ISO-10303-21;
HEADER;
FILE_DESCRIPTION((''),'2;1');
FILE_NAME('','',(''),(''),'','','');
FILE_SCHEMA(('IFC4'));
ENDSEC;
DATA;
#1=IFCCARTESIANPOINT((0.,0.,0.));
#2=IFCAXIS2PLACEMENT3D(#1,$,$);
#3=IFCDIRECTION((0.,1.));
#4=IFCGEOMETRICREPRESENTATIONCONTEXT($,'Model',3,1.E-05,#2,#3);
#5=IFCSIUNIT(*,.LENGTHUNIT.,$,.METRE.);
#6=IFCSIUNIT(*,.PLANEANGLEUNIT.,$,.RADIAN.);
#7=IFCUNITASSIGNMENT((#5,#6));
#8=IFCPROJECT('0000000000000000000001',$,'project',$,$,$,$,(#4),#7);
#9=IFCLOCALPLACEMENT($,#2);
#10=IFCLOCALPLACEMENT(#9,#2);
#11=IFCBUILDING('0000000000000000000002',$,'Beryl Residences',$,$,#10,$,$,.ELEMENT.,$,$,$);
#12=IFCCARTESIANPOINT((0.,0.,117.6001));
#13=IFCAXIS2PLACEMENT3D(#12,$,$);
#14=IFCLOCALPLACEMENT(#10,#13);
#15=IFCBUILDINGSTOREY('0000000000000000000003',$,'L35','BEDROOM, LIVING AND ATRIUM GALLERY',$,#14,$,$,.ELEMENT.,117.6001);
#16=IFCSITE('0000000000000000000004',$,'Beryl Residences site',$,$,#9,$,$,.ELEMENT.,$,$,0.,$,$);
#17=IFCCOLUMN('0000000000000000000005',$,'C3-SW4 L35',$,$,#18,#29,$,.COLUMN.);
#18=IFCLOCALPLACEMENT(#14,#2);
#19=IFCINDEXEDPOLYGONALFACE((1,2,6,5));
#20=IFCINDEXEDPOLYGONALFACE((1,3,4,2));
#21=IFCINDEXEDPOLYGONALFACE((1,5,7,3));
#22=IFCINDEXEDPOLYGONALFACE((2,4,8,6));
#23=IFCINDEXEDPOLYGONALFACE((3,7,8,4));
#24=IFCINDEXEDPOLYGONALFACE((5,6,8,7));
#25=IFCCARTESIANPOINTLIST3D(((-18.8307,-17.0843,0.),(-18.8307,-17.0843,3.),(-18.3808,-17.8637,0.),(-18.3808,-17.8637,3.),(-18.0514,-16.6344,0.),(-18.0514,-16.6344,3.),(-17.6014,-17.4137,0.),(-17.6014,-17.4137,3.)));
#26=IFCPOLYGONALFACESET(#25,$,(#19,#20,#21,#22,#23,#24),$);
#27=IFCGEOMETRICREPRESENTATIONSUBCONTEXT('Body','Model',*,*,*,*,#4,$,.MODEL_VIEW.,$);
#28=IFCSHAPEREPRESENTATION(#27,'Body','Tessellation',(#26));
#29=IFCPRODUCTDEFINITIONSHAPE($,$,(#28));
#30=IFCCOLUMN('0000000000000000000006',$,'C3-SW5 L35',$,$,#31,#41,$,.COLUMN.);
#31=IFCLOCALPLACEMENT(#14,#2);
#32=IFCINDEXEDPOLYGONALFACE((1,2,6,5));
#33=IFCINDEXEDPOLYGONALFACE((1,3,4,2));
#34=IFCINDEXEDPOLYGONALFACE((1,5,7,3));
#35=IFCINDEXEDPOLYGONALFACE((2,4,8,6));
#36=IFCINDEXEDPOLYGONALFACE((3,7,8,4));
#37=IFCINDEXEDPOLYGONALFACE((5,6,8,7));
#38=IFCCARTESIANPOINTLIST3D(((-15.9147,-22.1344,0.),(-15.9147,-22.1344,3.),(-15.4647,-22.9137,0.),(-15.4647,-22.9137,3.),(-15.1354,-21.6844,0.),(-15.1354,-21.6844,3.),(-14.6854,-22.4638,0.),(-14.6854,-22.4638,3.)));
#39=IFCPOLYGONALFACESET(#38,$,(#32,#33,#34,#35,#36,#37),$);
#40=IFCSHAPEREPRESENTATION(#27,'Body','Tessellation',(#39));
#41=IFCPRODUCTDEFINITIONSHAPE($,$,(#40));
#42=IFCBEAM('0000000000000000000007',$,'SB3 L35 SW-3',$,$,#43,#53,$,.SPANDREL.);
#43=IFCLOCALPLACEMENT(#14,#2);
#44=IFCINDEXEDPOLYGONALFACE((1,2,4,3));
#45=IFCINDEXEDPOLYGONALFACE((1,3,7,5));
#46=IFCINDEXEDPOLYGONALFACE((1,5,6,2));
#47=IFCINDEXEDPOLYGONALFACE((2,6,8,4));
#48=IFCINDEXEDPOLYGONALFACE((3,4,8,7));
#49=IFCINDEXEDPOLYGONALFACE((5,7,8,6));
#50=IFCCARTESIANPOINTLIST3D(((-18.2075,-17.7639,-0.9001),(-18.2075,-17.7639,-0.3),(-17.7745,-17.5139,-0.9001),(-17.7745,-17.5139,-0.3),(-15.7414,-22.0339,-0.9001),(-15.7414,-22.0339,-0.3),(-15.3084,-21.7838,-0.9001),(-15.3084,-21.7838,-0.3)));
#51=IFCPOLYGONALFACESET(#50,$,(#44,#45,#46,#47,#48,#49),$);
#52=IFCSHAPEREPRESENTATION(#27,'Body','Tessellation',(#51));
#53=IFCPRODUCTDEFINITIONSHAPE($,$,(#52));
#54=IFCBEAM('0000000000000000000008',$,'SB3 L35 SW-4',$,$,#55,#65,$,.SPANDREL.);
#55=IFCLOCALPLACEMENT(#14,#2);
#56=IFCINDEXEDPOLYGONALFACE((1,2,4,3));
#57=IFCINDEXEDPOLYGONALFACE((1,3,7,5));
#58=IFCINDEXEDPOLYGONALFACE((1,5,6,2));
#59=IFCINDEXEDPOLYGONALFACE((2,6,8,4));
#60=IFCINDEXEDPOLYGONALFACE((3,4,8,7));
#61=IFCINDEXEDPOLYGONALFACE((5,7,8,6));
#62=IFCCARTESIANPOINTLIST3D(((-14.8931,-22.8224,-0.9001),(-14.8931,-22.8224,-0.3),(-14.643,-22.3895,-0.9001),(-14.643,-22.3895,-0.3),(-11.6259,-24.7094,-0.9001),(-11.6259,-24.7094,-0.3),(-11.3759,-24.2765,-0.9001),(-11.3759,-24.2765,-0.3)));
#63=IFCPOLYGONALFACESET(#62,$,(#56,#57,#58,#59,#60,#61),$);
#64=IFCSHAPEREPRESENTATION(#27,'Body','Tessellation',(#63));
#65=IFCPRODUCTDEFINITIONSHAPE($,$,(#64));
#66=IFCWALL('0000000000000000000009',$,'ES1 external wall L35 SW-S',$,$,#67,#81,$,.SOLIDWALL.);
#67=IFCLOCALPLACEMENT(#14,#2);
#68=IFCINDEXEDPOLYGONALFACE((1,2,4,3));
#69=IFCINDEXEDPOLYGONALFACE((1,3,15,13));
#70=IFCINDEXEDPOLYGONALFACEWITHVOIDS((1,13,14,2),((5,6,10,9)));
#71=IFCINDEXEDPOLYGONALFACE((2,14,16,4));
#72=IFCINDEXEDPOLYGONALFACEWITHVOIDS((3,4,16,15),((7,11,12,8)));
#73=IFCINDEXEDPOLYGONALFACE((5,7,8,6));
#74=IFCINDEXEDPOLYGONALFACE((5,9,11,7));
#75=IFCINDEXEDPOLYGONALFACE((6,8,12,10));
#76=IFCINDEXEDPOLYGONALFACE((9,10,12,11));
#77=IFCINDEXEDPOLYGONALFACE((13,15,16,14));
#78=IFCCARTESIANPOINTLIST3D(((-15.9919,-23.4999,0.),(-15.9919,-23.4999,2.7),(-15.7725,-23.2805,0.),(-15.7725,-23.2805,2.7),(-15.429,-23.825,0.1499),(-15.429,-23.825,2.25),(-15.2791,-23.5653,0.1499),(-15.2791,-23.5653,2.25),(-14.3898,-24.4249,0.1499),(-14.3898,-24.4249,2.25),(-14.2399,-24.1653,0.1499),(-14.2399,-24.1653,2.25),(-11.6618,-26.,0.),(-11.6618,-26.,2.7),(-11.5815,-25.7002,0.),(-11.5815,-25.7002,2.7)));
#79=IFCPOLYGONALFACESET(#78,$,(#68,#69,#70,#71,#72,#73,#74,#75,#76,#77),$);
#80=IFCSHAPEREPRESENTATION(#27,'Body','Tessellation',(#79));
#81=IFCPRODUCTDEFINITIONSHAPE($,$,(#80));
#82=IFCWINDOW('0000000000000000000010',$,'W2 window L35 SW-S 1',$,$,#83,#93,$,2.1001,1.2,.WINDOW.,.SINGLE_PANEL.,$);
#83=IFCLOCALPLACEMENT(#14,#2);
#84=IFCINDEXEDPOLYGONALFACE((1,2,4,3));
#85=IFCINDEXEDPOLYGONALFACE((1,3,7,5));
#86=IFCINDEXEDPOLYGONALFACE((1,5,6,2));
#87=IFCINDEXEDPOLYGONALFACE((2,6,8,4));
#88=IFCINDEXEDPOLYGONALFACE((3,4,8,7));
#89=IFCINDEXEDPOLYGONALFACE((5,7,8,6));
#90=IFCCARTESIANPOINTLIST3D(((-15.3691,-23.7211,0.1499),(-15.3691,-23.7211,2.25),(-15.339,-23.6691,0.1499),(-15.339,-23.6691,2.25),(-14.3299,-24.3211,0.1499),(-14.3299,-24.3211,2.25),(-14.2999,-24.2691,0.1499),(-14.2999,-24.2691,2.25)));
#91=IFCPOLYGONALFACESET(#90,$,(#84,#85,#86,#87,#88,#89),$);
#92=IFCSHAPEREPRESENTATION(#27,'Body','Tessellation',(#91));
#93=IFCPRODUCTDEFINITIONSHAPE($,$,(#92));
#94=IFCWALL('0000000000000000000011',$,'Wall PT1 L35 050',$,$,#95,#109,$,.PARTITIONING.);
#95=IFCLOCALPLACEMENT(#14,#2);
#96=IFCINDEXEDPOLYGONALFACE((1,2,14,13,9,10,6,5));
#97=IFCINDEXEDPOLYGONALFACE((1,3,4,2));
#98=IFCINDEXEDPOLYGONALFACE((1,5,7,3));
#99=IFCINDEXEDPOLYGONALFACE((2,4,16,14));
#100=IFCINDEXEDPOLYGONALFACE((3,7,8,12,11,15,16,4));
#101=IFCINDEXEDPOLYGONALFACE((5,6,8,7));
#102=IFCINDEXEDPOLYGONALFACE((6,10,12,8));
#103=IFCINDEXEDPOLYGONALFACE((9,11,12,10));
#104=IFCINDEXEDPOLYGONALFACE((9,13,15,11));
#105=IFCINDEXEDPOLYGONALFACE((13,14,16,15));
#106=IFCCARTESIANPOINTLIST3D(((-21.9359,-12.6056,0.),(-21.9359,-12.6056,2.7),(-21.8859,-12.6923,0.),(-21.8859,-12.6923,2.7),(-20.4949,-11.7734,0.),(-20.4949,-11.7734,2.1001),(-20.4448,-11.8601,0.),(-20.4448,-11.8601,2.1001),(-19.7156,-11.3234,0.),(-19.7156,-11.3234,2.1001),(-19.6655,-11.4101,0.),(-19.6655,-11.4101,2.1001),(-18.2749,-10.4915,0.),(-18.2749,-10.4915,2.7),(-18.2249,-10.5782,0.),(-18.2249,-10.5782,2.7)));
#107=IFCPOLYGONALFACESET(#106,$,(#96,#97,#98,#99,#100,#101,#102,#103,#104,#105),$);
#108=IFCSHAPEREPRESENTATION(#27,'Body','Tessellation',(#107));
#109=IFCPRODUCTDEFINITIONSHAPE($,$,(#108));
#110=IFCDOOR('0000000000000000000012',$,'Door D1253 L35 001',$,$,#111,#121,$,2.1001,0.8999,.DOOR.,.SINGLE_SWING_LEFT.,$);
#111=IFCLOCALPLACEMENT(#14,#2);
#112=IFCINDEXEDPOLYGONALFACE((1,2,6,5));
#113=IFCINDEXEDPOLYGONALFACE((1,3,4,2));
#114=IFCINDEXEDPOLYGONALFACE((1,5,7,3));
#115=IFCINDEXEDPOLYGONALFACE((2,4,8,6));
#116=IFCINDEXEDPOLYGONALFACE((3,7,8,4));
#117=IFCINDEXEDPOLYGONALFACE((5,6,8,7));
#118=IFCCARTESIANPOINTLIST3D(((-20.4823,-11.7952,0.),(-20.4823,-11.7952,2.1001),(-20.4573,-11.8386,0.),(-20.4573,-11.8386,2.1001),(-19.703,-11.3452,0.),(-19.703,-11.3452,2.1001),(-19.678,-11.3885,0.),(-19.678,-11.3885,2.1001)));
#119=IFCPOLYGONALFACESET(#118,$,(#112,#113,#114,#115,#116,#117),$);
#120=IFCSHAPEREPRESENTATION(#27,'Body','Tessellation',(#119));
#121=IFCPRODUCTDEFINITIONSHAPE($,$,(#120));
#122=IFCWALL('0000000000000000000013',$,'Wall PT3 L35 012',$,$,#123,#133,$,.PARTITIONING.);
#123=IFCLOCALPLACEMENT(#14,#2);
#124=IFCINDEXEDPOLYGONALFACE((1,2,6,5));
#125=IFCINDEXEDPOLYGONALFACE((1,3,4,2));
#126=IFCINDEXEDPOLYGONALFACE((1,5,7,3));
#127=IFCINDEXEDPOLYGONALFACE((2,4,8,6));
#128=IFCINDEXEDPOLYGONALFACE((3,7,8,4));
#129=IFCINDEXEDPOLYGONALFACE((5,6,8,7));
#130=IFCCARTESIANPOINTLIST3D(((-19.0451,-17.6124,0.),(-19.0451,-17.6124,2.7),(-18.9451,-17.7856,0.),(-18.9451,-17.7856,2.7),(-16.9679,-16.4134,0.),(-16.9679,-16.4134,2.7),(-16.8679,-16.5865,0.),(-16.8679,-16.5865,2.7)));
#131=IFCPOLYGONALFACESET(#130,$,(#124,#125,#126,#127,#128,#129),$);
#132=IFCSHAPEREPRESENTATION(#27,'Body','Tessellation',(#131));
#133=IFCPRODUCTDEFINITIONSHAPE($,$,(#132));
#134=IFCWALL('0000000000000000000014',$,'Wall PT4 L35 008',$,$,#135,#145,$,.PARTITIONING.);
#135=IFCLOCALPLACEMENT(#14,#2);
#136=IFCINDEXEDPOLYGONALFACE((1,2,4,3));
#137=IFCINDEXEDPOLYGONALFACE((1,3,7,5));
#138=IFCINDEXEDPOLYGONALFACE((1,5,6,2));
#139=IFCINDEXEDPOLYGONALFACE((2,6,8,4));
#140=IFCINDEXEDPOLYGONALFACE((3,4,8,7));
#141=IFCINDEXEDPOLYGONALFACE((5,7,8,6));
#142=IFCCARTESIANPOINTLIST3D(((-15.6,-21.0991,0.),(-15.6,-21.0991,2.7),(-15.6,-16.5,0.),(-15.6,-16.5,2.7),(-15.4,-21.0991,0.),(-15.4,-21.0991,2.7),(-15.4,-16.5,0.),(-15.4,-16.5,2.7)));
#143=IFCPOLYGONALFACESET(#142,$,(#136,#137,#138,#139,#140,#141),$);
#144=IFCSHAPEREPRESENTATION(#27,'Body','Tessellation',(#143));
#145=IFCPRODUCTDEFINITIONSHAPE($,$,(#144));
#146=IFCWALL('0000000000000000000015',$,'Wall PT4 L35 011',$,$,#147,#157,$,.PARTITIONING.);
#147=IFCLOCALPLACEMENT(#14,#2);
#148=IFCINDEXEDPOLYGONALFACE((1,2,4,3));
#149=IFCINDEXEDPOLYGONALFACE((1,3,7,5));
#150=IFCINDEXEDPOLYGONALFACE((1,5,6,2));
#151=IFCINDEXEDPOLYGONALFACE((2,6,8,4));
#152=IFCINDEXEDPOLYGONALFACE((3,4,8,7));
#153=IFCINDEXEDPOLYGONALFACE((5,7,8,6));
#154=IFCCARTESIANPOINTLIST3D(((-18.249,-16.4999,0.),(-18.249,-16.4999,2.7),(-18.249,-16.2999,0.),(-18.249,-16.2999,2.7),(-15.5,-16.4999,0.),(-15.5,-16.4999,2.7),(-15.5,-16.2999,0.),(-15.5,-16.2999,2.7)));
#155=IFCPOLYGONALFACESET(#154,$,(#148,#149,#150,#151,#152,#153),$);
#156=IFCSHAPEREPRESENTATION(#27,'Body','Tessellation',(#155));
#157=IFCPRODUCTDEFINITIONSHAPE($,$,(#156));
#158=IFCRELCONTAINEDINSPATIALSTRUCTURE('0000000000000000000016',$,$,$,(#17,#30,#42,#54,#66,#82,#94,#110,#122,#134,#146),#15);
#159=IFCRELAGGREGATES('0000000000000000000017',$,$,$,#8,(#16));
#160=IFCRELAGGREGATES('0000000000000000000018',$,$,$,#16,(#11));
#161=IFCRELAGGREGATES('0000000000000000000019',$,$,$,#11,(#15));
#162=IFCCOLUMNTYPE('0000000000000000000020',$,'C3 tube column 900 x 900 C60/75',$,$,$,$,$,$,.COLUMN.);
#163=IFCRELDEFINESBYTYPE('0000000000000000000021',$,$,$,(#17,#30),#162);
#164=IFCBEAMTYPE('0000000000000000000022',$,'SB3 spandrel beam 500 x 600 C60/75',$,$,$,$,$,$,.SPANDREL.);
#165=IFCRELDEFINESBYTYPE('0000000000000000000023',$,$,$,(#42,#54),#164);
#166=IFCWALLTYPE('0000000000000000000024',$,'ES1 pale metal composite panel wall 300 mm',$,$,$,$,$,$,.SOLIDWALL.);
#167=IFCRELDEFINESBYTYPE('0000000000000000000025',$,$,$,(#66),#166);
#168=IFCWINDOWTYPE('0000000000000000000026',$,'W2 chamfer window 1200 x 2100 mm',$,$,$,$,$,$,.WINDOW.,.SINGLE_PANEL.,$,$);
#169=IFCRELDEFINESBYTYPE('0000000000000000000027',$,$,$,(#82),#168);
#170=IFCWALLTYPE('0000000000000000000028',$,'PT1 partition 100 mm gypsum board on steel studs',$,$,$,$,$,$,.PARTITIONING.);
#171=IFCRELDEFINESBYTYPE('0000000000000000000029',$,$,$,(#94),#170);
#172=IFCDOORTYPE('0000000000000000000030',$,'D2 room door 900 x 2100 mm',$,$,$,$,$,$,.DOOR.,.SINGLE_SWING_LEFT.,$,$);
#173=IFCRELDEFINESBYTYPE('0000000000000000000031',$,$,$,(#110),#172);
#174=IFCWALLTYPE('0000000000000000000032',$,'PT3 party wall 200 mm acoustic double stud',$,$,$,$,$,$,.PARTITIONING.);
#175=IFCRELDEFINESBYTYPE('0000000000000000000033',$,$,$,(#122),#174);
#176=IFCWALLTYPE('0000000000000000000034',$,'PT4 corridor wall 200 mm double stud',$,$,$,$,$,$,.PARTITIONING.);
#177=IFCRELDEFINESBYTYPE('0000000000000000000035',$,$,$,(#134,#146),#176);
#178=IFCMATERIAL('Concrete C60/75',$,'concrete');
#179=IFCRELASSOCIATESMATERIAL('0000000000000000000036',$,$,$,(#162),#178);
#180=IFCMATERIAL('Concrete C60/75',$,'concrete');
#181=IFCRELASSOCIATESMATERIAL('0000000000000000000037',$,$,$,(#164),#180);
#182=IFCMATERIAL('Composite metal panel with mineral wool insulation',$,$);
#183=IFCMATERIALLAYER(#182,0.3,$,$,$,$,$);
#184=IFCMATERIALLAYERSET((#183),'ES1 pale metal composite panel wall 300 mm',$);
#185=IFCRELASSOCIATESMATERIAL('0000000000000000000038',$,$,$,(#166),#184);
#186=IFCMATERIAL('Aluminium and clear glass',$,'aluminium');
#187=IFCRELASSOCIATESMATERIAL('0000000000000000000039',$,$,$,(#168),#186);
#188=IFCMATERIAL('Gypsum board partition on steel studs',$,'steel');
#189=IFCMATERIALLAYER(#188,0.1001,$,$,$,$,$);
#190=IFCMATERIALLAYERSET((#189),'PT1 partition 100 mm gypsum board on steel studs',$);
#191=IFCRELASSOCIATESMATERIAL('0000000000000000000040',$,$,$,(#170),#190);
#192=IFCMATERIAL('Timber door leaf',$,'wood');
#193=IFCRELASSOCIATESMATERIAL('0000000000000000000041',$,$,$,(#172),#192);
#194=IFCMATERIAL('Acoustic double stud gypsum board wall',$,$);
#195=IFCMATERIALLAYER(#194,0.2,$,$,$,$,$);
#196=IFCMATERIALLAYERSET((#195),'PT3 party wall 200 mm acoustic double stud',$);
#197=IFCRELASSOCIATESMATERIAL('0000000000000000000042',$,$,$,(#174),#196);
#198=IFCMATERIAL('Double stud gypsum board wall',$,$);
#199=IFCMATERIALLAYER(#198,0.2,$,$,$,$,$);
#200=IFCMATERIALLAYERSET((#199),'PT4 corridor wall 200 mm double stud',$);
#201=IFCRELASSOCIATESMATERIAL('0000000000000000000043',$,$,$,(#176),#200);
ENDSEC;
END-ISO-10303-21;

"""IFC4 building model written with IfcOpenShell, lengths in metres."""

from ifc_helpers import new_model, si_unit, direction, frame, frame_2d, origin, origin_2d, place, context, subcontext, project, spatial, polyline, rectangle, outline, extrude, material, layer, layer_set, material_profile, profile_set, type_object, element, fill, save


model = new_model("IFC4")

# Units and contexts
model_context = context("Model", 3, precision=1e-05, world=origin(), true_north=direction((0.0, 1.0)))
body_context = subcontext(model_context, "Body", "Model", "MODEL_VIEW")
ifc_project = project(units=[si_unit("LENGTHUNIT", "METRE"), si_unit("PLANEANGLEUNIT", "RADIAN")], contexts=[model_context])

# Site, building, storey
site_placement = place(None, origin())
site = spatial("IfcSite", under=ifc_project, at=site_placement, Name="Beryl Residences site", CompositionType="ELEMENT", RefElevation=0.0)
building_placement = place(site_placement, origin())
building = spatial("IfcBuilding", under=site, at=building_placement, Name="Beryl Residences", CompositionType="ELEMENT")
storey_placement = place(building_placement, frame((0.0, 0.0, 117.6001)))
storey = spatial("IfcBuildingStorey", under=building, at=storey_placement, Name="L35", Description="BEDROOM, LIVING AND ATRIUM GALLERY", CompositionType="ELEMENT", Elevation=117.6001)

# Columns
ifc_material_1 = material(Name="Concrete C60/75", Category="concrete")
ifc_material_profile_1 = material_profile(ifc_material_1, rectangle(XDim=0.8999, YDim=0.8999, at=origin_2d()))
ifc_profile_set_1 = profile_set([ifc_material_profile_1], Name="Concrete C60/75")
column_type = type_object("IfcColumnType", Name="C3 tube column 900 x 900 C60/75", PredefinedType="COLUMN", material=ifc_profile_set_1)
for number, where, z_axis, x_axis, name in (
    (1, (-18.2161, -17.249, 0.0), (0.0, 0.0, 1.0), (0.5, -0.866025, 0.0), "C3-SW4 L35"),
    (2, (-15.3, -22.2991, 0.0), (0.0, 0.0, 1.0), (0.5, -0.866025, 0.0), "C3-SW5 L35"),
):
    element("IfcColumn", number, at=place(storey_placement, frame(where, z_axis=z_axis, x_axis=x_axis)), inside=storey, type_object=column_type, Name=name, PredefinedType="COLUMN", context=body_context, shape_type="SweptSolid", body=[
        extrude(rectangle(XDim=0.8999, YDim=0.8999, at=origin_2d()), origin(), (0.0, 0.0, 1.0), 3.0),
    ])

# Beams
ifc_material_2 = material(Name="Concrete C60/75", Category="concrete")
ifc_material_profile_2 = material_profile(ifc_material_2, rectangle(XDim=0.5, YDim=0.6001, at=origin_2d()))
ifc_profile_set_2 = profile_set([ifc_material_profile_2], Name="Concrete C60/75")
beam_type = type_object("IfcBeamType", Name="SB3 spandrel beam 500 x 600 C60/75", PredefinedType="SPANDREL", material=ifc_profile_set_2)
beam_1_placement = place(storey_placement, frame((-17.991, -17.6389, -0.6001), z_axis=(0.500117, -0.865958, 0.0), x_axis=(0.865958, 0.500117, 0.0)))
element("IfcBeam", 3, at=beam_1_placement, inside=storey, type_object=beam_type, Name="SB3 L35 SW-3", PredefinedType="SPANDREL", context=body_context, shape_type="SweptSolid", body=[
    extrude(rectangle(XDim=0.5, YDim=0.6001, at=origin_2d()), origin(), (0.0, 0.0, 1.0), 4.9309),
])
beam_2_placement = place(storey_placement, frame((-14.7681, -22.606, -0.6001), z_axis=(0.865944, -0.500141, 0.0), x_axis=(0.500141, 0.865944, 0.0)))
element("IfcBeam", 4, at=beam_2_placement, inside=storey, type_object=beam_type, Name="SB3 L35 SW-4", PredefinedType="SPANDREL", context=body_context, shape_type="SweptSolid", body=[
    extrude(rectangle(XDim=0.5, YDim=0.6001, at=origin_2d()), origin(), (0.0, 0.0, 1.0), 3.7729),
])

# Wall, opening, window
ifc_material_3 = material(Name="Composite metal panel with mineral wool insulation")
ifc_layer_1 = layer(ifc_material_3, 0.3)
ifc_layer_set_1 = layer_set([ifc_layer_1], Name="ES1 pale metal composite panel wall 300 mm")
wall_type_1 = type_object("IfcWallType", Name="ES1 pale metal composite panel wall 300 mm", PredefinedType="SOLIDWALL", material=ifc_layer_set_1)
wall_1_placement = place(storey_placement, frame((-15.917, -23.3701, 0.0), z_axis=(0.0, 0.0, 1.0), x_axis=(0.866023, -0.500004, 0.0)))
wall_1 = element("IfcWall", 5, at=wall_1_placement, inside=storey, type_object=wall_type_1, Name="ES1 external wall L35 SW-S", PredefinedType="SOLIDWALL", context=body_context, shape_type="SweptSolid", body=[
    extrude(outline(polyline([(0.0, -0.1499), (5.0, -0.1499), (4.9197, 0.1499), (0.0803, 0.1499), (0.0, -0.1499)])), origin(), (0.0, 0.0, 1.0), 2.7),
])
opening_1_placement = place(wall_1_placement, frame((0.6499, 0.0, 0.1499)))
opening_1 = element("IfcOpeningElement", 6, at=opening_1_placement, cuts=wall_1, PredefinedType="OPENING", context=body_context, shape_type="SweptSolid", body=[
    extrude(rectangle(XDim=1.2, YDim=2.1001, at=frame_2d((0.6001, 1.05))), frame((0.0, 0.1599, 0.0), z_axis=(0.0, -1.0, 0.0), x_axis=(1.0, 0.0, 0.0)), (0.0, 0.0, 1.0), 0.3201),
])
ifc_material_4 = material(Name="Aluminium and clear glass", Category="aluminium")
window_type = type_object("IfcWindowType", Name="W2 chamfer window 1200 x 2100 mm", PartitioningType="SINGLE_PANEL", PredefinedType="WINDOW", material=ifc_material_4)
window_placement = place(opening_1_placement, origin())
window = element("IfcWindow", 7, at=window_placement, inside=storey, type_object=window_type, Name="W2 window L35 SW-S 1", OverallHeight=2.1001, OverallWidth=1.2, PartitioningType="SINGLE_PANEL", PredefinedType="WINDOW", context=body_context, shape_type="SweptSolid", body=[
    extrude(rectangle(XDim=1.2, YDim=2.1001, at=frame_2d((0.6001, 1.05))), frame((0.0, 0.03, 0.0), z_axis=(0.0, -1.0, 0.0), x_axis=(1.0, 0.0, 0.0)), (0.0, 0.0, 1.0), 0.0601),
])
fill(opening_1, window)

# Wall, opening, door
ifc_material_5 = material(Name="Gypsum board partition on steel studs", Category="steel")
ifc_layer_2 = layer(ifc_material_5, 0.1001)
ifc_layer_set_2 = layer_set([ifc_layer_2], Name="PT1 partition 100 mm gypsum board on steel studs")
wall_type_2 = type_object("IfcWallType", Name="PT1 partition 100 mm gypsum board on steel studs", PredefinedType="PARTITIONING", material=ifc_layer_set_2)
wall_2_placement = place(storey_placement, frame((-21.9109, -12.6489, 0.0), z_axis=(0.0, 0.0, 1.0), x_axis=(0.865985, 0.500071, 0.0)))
wall_2 = element("IfcWall", 8, at=wall_2_placement, inside=storey, type_object=wall_type_2, Name="Wall PT1 L35 050", PredefinedType="PARTITIONING", context=body_context, shape_type="SweptSolid", body=[
    extrude(rectangle(XDim=4.2275, YDim=0.1001, at=frame_2d((2.1138, 0.0))), origin(), (0.0, 0.0, 1.0), 2.7),
])
opening_2_placement = place(wall_2_placement, frame((1.6641, 0.0, 0.0)))
opening_2 = element("IfcOpeningElement", 9, at=opening_2_placement, cuts=wall_2, PredefinedType="OPENING", context=body_context, shape_type="SweptSolid", body=[
    extrude(rectangle(XDim=0.8999, YDim=2.1001, at=frame_2d((0.45, 1.05))), frame((0.0, 0.0601, 0.0), z_axis=(0.0, -1.0, 0.0), x_axis=(1.0, 0.0, 0.0)), (0.0, 0.0, 1.0), 0.1201),
])
ifc_material_6 = material(Name="Timber door leaf", Category="wood")
door_type_1 = type_object("IfcDoorType", Name="D2 room door 900 x 2100 mm", OperationType="SINGLE_SWING_LEFT", PredefinedType="DOOR", material=ifc_material_6)
door_1_placement = place(opening_2_placement, origin())
door_1 = element("IfcDoor", 10, at=door_1_placement, inside=storey, type_object=door_type_1, Name="Door D1253 L35 001", OperationType="SINGLE_SWING_LEFT", OverallHeight=2.1001, OverallWidth=0.8999, PredefinedType="DOOR", context=body_context, shape_type="SweptSolid", body=[
    extrude(rectangle(XDim=0.8999, YDim=2.1001, at=frame_2d((0.45, 1.05))), frame((0.0, 0.0249, 0.0), z_axis=(0.0, -1.0, 0.0), x_axis=(1.0, 0.0, 0.0)), (0.0, 0.0, 1.0), 0.05),
])
fill(opening_2, door_1)

# Walls
ifc_material_7 = material(Name="Acoustic double stud gypsum board wall")
ifc_layer_3 = layer(ifc_material_7, 0.2)
ifc_layer_set_3 = layer_set([ifc_layer_3], Name="PT3 party wall 200 mm acoustic double stud")
wall_type_3 = type_object("IfcWallType", Name="PT3 party wall 200 mm acoustic double stud", PredefinedType="PARTITIONING", material=ifc_layer_set_3)
wall_3_placement = place(storey_placement, frame((-18.9951, -17.699, 0.0), z_axis=(0.0, 0.0, 1.0), x_axis=(0.866074, 0.499916, 0.0)))
element("IfcWall", 11, at=wall_3_placement, inside=storey, type_object=wall_type_3, Name="Wall PT3 L35 012", PredefinedType="PARTITIONING", context=body_context, shape_type="SweptSolid", body=[
    extrude(rectangle(XDim=2.3984, YDim=0.2, at=frame_2d((1.1992, 0.0))), origin(), (0.0, 0.0, 1.0), 2.7),
])
ifc_material_8 = material(Name="Double stud gypsum board wall")
ifc_layer_4 = layer(ifc_material_8, 0.2)
ifc_layer_set_4 = layer_set([ifc_layer_4], Name="PT4 corridor wall 200 mm double stud")
wall_type_4 = type_object("IfcWallType", Name="PT4 corridor wall 200 mm double stud", PredefinedType="PARTITIONING", material=ifc_layer_set_4)
wall_4_placement = place(storey_placement, frame((-15.5, -16.5, 0.0), z_axis=(0.0, 0.0, 1.0), x_axis=(0.0, -1.0, 0.0)))
element("IfcWall", 12, at=wall_4_placement, inside=storey, type_object=wall_type_4, Name="Wall PT4 L35 008", PredefinedType="PARTITIONING", context=body_context, shape_type="SweptSolid", body=[
    extrude(rectangle(XDim=4.5991, YDim=0.2, at=frame_2d((2.2996, 0.0))), origin(), (0.0, 0.0, 1.0), 2.7),
])
wall_5_placement = place(storey_placement, frame((-18.249, -16.3999, 0.0), z_axis=(0.0, 0.0, 1.0), x_axis=(1.0, 0.0, 0.0)))
element("IfcWall", 13, at=wall_5_placement, inside=storey, type_object=wall_type_4, Name="Wall PT4 L35 011", PredefinedType="PARTITIONING", context=body_context, shape_type="SweptSolid", body=[
    extrude(rectangle(XDim=2.749, YDim=0.2, at=frame_2d((1.3745, 0.0))), origin(), (0.0, 0.0, 1.0), 2.7),
])

save(model, "model.ifc")
